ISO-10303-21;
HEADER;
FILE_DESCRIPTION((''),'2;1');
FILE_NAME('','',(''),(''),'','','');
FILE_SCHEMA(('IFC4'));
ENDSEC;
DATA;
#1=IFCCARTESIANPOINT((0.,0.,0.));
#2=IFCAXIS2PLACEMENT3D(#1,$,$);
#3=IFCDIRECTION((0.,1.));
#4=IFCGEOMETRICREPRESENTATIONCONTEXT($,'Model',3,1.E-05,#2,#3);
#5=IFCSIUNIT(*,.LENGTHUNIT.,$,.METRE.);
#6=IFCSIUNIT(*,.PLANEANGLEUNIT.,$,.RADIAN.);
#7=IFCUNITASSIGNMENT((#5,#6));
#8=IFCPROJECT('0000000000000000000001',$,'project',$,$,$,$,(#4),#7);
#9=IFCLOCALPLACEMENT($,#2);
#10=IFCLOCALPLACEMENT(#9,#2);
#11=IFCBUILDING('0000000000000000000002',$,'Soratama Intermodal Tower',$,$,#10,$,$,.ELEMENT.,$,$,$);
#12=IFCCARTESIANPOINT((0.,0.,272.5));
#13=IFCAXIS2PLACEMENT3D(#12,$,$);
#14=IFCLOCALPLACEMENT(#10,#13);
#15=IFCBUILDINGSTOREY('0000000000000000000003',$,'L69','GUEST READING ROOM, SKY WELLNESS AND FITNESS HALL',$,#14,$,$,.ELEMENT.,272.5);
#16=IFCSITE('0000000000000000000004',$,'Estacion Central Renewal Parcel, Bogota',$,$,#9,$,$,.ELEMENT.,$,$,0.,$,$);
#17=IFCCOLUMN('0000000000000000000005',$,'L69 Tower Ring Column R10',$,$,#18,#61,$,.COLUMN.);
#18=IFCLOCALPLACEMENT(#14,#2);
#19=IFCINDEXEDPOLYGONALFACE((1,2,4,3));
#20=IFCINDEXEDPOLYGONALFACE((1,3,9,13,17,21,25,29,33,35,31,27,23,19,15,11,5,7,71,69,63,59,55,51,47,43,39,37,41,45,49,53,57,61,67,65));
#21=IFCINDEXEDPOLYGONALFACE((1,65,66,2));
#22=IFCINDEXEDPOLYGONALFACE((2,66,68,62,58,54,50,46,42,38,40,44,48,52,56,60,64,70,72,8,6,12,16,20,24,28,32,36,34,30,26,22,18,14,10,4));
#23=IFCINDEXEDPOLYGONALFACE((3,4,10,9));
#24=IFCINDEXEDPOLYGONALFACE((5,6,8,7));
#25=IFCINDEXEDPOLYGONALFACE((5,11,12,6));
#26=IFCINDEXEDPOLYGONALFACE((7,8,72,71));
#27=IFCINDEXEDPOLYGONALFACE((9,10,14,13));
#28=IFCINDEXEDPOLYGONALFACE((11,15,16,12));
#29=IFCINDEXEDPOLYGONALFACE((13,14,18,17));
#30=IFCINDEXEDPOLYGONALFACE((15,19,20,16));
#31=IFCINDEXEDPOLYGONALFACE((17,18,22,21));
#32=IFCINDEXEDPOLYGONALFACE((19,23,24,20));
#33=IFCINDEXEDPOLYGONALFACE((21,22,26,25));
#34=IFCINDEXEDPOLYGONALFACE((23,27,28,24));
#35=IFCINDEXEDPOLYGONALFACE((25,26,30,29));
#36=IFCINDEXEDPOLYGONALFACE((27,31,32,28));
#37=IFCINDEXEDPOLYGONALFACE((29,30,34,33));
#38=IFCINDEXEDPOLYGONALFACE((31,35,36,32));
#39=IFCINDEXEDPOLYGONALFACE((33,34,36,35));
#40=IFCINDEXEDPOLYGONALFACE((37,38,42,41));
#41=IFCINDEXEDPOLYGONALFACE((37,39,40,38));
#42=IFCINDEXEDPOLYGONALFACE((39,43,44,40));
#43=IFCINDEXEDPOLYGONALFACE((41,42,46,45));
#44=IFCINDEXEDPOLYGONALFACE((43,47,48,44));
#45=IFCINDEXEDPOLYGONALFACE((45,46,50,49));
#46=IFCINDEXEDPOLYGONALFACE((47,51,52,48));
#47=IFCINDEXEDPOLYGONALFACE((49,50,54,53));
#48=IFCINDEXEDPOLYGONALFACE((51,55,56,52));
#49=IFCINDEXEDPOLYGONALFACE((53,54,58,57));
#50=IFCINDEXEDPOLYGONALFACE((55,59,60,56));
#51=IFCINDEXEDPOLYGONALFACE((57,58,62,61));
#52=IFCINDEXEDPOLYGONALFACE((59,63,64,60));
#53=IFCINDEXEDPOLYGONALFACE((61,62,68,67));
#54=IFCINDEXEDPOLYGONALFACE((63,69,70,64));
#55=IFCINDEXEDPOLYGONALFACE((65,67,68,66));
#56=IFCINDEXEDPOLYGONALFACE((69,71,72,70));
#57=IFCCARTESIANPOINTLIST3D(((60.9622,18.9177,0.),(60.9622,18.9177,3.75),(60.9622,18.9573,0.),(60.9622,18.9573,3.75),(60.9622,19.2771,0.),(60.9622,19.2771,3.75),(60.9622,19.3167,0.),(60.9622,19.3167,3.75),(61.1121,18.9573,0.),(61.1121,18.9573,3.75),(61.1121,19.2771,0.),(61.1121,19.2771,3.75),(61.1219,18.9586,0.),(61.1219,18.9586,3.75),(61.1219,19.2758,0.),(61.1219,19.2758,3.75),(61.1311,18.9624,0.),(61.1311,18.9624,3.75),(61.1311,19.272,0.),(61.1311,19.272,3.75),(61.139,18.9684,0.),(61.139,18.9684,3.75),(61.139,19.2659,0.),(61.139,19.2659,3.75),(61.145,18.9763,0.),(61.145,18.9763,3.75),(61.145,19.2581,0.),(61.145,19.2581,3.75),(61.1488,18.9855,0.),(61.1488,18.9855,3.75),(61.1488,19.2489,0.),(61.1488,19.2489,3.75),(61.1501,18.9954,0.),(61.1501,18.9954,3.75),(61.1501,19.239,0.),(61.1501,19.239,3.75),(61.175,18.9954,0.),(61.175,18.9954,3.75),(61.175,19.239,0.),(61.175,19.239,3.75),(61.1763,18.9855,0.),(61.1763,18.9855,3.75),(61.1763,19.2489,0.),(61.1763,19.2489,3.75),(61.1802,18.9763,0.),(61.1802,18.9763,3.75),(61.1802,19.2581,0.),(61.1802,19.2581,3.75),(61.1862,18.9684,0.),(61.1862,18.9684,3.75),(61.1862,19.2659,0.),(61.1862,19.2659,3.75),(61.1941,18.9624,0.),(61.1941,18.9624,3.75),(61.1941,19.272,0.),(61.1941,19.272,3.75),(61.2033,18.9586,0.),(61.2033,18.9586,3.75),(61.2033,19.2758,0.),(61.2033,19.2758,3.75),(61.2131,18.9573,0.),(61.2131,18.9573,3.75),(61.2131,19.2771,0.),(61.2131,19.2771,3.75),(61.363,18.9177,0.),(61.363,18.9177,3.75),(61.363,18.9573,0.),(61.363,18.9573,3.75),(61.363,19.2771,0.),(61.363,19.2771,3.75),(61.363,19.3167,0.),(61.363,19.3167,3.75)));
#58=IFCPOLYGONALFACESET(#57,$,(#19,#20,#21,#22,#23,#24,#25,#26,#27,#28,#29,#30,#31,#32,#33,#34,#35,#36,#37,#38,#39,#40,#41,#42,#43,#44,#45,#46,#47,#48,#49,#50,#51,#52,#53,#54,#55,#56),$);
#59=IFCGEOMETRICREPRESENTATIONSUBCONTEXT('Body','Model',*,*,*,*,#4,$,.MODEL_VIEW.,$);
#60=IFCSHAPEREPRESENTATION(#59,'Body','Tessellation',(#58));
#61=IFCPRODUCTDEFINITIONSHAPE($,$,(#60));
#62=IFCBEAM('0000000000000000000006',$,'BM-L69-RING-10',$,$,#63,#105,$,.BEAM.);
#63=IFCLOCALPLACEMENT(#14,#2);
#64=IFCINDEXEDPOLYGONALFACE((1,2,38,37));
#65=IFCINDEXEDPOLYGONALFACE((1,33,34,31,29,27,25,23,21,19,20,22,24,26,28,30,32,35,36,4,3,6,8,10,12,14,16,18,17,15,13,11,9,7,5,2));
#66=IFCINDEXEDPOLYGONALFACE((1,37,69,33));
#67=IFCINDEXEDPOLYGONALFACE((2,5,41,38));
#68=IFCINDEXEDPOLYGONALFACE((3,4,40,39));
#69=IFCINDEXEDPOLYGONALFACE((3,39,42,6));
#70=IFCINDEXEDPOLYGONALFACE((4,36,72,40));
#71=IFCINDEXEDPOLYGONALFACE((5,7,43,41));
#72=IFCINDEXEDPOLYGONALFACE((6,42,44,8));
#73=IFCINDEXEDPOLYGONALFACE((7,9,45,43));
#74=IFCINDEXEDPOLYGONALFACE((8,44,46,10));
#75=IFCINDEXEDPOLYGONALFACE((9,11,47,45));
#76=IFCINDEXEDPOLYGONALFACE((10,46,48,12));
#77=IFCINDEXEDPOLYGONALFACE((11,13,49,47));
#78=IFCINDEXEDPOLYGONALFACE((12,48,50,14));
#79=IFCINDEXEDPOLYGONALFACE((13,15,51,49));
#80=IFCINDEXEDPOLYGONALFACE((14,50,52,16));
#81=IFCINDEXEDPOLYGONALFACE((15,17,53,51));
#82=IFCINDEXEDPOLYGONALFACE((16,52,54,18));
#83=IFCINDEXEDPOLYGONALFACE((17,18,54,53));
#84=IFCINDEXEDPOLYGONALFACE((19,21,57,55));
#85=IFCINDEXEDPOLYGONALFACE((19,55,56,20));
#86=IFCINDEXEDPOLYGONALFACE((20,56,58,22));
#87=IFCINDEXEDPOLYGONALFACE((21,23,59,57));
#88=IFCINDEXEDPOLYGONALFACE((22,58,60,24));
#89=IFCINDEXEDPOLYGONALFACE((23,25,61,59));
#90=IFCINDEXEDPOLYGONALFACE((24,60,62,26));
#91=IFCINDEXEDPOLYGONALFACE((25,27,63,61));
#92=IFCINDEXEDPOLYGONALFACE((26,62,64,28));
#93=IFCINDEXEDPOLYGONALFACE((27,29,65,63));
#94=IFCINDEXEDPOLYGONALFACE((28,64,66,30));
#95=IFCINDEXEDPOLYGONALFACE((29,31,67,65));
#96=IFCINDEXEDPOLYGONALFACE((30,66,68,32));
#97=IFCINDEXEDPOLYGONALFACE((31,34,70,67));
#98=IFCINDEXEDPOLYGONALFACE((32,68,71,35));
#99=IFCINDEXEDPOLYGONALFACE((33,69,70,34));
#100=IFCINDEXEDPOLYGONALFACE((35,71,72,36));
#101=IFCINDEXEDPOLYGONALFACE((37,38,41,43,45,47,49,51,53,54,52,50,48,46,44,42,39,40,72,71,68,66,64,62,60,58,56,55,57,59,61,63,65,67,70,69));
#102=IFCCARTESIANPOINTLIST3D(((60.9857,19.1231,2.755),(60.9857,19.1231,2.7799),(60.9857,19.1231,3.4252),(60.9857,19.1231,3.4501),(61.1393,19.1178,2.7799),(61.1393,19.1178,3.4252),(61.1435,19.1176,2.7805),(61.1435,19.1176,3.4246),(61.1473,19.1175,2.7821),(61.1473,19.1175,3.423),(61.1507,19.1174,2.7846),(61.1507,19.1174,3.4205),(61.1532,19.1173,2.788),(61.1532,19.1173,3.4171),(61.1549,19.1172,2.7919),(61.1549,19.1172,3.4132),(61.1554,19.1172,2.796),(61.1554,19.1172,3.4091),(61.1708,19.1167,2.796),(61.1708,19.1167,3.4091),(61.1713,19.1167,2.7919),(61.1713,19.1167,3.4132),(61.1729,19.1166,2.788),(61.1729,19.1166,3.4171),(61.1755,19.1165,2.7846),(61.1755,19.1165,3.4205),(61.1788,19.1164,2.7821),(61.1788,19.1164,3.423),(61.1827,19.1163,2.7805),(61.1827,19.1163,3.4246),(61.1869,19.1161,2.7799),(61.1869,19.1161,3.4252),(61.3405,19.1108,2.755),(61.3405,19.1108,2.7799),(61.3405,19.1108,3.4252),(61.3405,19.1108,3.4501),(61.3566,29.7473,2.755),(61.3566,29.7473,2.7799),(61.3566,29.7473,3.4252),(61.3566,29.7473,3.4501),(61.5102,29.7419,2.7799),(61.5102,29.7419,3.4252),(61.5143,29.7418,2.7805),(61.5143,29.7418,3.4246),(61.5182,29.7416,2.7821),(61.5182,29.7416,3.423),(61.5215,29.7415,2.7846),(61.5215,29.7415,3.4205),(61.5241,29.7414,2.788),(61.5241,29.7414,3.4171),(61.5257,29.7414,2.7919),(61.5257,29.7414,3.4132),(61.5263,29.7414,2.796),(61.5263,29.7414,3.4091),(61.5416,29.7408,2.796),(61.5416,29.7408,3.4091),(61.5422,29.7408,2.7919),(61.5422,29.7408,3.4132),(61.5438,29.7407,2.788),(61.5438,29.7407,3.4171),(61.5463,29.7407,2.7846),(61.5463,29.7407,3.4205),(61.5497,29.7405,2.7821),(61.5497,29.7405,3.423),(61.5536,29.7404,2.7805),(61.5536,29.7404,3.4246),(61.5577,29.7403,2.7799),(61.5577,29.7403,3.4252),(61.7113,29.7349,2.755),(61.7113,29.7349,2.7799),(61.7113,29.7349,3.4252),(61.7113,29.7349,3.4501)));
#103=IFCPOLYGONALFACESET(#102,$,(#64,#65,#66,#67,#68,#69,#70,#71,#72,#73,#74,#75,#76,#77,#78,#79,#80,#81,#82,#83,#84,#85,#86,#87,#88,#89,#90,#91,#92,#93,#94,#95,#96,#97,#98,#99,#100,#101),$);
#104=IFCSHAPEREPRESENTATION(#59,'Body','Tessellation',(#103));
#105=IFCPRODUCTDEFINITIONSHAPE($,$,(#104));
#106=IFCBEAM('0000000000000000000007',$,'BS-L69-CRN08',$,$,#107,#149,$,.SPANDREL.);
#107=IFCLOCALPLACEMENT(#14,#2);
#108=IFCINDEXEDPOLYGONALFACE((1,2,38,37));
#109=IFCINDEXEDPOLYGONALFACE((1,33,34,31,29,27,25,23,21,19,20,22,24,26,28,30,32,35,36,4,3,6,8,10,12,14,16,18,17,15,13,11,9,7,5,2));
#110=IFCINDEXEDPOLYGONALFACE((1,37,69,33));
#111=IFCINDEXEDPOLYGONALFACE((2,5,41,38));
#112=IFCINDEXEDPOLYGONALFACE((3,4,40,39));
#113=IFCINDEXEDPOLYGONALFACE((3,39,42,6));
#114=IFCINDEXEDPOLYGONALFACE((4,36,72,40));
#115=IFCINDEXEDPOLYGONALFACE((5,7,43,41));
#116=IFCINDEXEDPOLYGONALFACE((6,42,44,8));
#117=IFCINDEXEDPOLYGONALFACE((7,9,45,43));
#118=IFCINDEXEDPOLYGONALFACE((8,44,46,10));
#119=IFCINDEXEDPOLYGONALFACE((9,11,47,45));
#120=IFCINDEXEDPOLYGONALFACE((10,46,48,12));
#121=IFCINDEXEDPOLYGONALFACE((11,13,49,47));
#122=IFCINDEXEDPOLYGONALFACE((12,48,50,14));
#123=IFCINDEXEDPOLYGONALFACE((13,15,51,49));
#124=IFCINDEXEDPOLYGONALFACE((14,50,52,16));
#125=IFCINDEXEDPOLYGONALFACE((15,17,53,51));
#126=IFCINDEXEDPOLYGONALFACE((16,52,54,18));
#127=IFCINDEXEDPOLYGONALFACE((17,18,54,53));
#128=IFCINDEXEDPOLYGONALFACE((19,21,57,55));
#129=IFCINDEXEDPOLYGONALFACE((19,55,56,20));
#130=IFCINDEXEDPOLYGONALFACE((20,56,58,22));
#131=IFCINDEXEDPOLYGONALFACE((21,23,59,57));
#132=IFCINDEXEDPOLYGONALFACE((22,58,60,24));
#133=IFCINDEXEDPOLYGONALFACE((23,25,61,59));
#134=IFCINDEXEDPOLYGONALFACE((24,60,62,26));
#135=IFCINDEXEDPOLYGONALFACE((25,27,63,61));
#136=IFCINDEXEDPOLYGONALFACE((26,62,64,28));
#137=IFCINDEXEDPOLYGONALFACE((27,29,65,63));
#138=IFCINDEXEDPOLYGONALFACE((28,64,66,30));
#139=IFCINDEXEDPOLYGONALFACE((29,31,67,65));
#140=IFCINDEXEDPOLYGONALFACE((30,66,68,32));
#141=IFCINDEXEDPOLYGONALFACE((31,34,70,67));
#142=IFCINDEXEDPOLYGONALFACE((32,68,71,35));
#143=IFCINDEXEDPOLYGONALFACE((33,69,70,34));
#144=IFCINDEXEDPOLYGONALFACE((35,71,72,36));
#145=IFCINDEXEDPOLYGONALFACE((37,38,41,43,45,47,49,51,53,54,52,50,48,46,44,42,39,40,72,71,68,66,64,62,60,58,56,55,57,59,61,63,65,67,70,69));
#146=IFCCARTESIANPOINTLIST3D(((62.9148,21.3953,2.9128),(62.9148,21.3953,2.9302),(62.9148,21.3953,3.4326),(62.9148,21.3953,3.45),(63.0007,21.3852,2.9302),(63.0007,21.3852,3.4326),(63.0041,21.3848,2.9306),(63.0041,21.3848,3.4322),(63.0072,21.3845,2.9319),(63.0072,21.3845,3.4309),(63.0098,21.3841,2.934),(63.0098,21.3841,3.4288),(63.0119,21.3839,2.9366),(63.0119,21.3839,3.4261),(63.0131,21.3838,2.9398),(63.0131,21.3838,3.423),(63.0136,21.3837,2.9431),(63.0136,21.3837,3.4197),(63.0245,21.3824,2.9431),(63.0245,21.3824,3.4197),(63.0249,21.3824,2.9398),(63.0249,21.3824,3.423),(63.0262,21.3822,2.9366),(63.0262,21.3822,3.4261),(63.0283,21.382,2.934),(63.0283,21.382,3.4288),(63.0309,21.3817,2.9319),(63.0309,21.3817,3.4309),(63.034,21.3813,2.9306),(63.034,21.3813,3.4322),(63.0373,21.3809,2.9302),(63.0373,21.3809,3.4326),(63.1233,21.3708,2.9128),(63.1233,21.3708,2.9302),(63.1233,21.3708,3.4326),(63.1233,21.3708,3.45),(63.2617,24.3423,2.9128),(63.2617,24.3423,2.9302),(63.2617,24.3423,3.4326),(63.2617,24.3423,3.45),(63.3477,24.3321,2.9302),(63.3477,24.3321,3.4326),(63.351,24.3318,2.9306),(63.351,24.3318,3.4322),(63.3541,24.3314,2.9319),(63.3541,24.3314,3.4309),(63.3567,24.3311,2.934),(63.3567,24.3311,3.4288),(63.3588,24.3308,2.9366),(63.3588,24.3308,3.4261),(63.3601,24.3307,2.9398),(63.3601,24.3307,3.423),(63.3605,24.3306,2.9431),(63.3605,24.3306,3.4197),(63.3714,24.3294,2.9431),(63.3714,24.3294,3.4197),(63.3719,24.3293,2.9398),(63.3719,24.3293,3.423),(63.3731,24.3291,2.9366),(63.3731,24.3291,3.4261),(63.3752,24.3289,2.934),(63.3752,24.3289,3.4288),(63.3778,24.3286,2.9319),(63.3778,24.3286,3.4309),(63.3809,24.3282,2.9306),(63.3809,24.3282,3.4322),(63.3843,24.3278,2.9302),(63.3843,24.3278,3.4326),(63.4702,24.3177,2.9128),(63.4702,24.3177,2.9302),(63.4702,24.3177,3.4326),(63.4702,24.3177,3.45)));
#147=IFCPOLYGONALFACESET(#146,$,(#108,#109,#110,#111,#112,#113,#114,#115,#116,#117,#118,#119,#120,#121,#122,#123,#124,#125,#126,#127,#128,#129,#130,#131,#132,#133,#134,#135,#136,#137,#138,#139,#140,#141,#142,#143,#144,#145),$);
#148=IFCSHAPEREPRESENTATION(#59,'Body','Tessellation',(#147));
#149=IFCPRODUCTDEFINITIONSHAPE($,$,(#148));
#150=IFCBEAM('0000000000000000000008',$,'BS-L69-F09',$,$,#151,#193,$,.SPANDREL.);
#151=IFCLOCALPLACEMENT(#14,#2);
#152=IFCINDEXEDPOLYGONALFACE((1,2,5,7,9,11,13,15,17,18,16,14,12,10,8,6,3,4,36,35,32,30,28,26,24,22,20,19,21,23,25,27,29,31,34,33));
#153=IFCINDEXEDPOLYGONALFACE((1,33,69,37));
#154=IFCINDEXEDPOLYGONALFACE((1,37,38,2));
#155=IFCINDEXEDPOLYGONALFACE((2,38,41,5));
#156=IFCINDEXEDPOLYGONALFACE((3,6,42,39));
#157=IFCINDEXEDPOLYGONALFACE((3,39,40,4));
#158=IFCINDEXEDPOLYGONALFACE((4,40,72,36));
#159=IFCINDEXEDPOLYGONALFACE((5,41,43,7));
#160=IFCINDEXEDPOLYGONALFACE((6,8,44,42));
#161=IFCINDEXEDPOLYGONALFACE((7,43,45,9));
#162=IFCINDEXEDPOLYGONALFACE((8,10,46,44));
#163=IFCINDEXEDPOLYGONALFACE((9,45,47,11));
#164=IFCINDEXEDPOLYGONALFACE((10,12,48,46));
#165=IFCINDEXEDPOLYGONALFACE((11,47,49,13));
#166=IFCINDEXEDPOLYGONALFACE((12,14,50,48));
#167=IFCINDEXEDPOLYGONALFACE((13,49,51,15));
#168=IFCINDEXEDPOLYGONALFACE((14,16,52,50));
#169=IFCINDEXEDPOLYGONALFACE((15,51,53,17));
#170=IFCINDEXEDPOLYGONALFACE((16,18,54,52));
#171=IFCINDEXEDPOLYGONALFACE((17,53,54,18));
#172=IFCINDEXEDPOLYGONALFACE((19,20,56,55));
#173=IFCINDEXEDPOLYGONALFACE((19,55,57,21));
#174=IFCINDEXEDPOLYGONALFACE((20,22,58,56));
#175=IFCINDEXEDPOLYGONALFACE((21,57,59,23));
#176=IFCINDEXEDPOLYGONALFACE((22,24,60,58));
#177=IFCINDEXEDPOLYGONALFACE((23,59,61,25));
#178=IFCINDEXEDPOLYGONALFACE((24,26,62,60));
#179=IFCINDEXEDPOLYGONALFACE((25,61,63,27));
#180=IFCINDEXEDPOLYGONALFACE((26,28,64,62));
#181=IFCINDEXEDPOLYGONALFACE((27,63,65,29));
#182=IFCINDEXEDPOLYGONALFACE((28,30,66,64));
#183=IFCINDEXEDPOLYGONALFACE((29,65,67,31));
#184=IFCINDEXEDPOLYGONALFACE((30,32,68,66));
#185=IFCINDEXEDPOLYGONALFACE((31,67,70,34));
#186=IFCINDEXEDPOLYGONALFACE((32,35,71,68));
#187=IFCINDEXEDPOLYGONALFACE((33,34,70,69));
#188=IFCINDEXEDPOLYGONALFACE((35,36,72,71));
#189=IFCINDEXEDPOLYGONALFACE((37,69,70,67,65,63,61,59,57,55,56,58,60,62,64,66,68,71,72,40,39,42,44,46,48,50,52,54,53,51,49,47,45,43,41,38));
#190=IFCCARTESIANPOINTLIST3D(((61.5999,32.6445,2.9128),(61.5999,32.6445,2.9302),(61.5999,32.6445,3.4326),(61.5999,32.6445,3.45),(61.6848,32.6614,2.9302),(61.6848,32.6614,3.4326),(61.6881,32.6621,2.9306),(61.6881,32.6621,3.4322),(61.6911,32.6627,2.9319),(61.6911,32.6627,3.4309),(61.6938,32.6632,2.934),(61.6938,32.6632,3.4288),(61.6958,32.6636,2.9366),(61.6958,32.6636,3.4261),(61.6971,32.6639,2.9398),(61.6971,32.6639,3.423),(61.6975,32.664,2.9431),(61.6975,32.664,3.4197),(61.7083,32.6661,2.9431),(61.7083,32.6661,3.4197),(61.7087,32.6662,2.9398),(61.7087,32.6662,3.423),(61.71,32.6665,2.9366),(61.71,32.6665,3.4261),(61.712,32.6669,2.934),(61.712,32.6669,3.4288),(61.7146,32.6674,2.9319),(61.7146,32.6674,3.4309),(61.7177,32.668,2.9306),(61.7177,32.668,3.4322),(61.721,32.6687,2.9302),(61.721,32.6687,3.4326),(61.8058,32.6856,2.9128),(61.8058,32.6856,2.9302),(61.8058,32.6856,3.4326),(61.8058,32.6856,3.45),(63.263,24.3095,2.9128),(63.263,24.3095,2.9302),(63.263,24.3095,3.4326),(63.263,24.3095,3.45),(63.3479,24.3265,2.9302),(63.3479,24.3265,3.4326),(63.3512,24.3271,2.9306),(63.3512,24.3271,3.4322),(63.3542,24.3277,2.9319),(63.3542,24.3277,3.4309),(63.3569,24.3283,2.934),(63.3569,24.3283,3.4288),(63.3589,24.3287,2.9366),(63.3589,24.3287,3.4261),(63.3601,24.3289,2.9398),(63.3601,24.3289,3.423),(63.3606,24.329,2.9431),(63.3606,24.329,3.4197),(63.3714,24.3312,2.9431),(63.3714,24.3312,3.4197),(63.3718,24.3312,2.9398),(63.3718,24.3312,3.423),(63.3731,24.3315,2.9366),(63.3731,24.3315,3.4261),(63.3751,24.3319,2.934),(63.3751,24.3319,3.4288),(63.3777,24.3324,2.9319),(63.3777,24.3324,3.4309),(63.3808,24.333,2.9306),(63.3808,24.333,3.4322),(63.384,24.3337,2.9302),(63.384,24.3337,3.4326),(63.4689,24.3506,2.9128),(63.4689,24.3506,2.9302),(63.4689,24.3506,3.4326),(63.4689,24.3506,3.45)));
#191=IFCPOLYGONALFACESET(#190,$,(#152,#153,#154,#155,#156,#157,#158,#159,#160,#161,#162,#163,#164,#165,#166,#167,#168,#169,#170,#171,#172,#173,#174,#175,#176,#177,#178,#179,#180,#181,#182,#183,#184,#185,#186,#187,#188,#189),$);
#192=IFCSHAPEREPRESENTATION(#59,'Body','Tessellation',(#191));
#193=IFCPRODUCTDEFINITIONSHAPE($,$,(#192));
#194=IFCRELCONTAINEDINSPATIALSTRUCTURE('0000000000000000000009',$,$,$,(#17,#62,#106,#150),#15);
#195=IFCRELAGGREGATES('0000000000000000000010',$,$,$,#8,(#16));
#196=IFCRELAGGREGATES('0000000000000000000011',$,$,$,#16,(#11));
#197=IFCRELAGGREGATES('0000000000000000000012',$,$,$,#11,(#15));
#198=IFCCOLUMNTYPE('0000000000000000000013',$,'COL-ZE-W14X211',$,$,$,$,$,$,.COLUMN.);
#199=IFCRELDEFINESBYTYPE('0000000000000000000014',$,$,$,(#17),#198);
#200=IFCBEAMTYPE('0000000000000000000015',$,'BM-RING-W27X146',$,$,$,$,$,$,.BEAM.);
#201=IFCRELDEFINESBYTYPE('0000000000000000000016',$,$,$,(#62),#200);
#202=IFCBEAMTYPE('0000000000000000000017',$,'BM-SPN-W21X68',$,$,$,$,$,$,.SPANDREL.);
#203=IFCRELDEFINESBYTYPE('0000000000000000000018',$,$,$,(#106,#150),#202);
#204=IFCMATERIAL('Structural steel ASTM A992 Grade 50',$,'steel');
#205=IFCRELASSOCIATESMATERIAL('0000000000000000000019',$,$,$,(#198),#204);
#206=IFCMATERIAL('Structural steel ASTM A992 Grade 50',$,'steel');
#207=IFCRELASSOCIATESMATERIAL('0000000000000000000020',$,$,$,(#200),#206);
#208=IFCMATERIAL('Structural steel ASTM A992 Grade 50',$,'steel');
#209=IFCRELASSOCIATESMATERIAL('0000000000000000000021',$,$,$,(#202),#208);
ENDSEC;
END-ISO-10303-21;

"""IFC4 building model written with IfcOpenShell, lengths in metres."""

from ifc_helpers import new_model, si_unit, direction, frame, origin, origin_2d, place, context, subcontext, project, spatial, i_section, extrude, material, material_profile, profile_set, type_object, element, save


model = new_model("IFC4")

# Units and contexts
model_context = context("Model", 3, precision=1e-05, world=origin(), true_north=direction((0.0, 1.0)))
body_context = subcontext(model_context, "Body", "Model", "MODEL_VIEW")
ifc_project = project(units=[si_unit("LENGTHUNIT", "METRE"), si_unit("PLANEANGLEUNIT", "RADIAN")], contexts=[model_context])

# Site, building, storey
site_placement = place(None, origin())
site = spatial("IfcSite", under=ifc_project, at=site_placement, Name="Estacion Central Renewal Parcel, Bogota", CompositionType="ELEMENT", RefElevation=0.0)
building_placement = place(site_placement, origin())
building = spatial("IfcBuilding", under=site, at=building_placement, Name="Soratama Intermodal Tower", CompositionType="ELEMENT")
storey_placement = place(building_placement, frame((0.0, 0.0, 272.5)))
storey = spatial("IfcBuildingStorey", under=building, at=storey_placement, Name="L69", Description="GUEST READING ROOM, SKY WELLNESS AND FITNESS HALL", CompositionType="ELEMENT", Elevation=272.5)

# Column
ifc_material_1 = material(Name="Structural steel ASTM A992 Grade 50", Category="steel")
ifc_material_profile_1 = material_profile(ifc_material_1, i_section(OverallWidth=0.4009, OverallDepth=0.3989, WebThickness=0.0249, FlangeThickness=0.0396, FilletRadius=0.0381, at=origin_2d()), Name="W14X211")
ifc_profile_set_1 = profile_set([ifc_material_profile_1], Name="Structural steel ASTM A992 Grade 50")
column_type = type_object("IfcColumnType", Name="COL-ZE-W14X211", PredefinedType="COLUMN", material=ifc_profile_set_1)
column_placement = place(storey_placement, frame((61.1626, 19.1172, 0.0), z_axis=(0.0, 0.0, 1.0), x_axis=(1.0, 0.0, 0.0)))
element("IfcColumn", 1, at=column_placement, inside=storey, type_object=column_type, Name="L69 Tower Ring Column R10", PredefinedType="COLUMN", context=body_context, shape_type="SweptSolid", body=[
    extrude(i_section(OverallWidth=0.4009, OverallDepth=0.3989, WebThickness=0.0249, FlangeThickness=0.0396, FilletRadius=0.0381, at=origin_2d()), origin(), (0.0, 0.0, 1.0), 3.75),
])

# Beams
ifc_material_2 = material(Name="Structural steel ASTM A992 Grade 50", Category="steel")
ifc_material_profile_2 = material_profile(ifc_material_2, i_section(OverallWidth=0.355, OverallDepth=0.6951, WebThickness=0.0154, FlangeThickness=0.0249, FilletRadius=0.0161, at=origin_2d()), Name="W27X146")
ifc_profile_set_2 = profile_set([ifc_material_profile_2], Name="Structural steel ASTM A992 Grade 50")
beam_type_1 = type_object("IfcBeamType", Name="BM-RING-W27X146", PredefinedType="BEAM", material=ifc_profile_set_2)
beam_1_placement = place(storey_placement, frame((61.1631, 19.1169, 3.1025), z_axis=(0.034885, 0.999391, 0.0), x_axis=(-0.999391, 0.034885, 0.0)))
element("IfcBeam", 2, at=beam_1_placement, inside=storey, type_object=beam_type_1, Name="BM-L69-RING-10", PredefinedType="BEAM", context=body_context, shape_type="SweptSolid", body=[
    extrude(i_section(OverallWidth=0.355, OverallDepth=0.6951, WebThickness=0.0154, FlangeThickness=0.0249, FilletRadius=0.0161, at=origin_2d()), origin(), (0.0, 0.0, 1.0), 10.6306),
])
ifc_material_3 = material(Name="Structural steel ASTM A992 Grade 50", Category="steel")
ifc_material_profile_3 = material_profile(ifc_material_3, i_section(OverallWidth=0.21, OverallDepth=0.5371, WebThickness=0.011, FlangeThickness=0.0173, FilletRadius=0.0129, at=origin_2d()), Name="W21X68")
ifc_profile_set_3 = profile_set([ifc_material_profile_3], Name="Structural steel ASTM A992 Grade 50")
beam_type_2 = type_object("IfcBeamType", Name="BM-SPN-W21X68", PredefinedType="SPANDREL", material=ifc_profile_set_3)
beam_2_placement = place(storey_placement, frame((63.019, 21.3831, 3.1814), z_axis=(0.116913, 0.993142, 0.0), x_axis=(-0.993142, 0.116913, 0.0)))
element("IfcBeam", 3, at=beam_2_placement, inside=storey, type_object=beam_type_2, Name="BS-L69-CRN08", PredefinedType="SPANDREL", context=body_context, shape_type="SweptSolid", body=[
    extrude(i_section(OverallWidth=0.21, OverallDepth=0.5371, WebThickness=0.011, FlangeThickness=0.0173, FilletRadius=0.0129, at=origin_2d()), origin(), (0.0, 0.0, 1.0), 2.9673),
])
beam_3_placement = place(storey_placement, frame((63.366, 24.3301, 3.1814), z_axis=(-0.195674, 0.980669, 0.0), x_axis=(-0.980669, -0.195674, 0.0)))
element("IfcBeam", 4, at=beam_3_placement, inside=storey, type_object=beam_type_2, Name="BS-L69-F09", PredefinedType="SPANDREL", context=body_context, shape_type="SweptSolid", body=[
    extrude(i_section(OverallWidth=0.21, OverallDepth=0.5371, WebThickness=0.011, FlangeThickness=0.0173, FilletRadius=0.0129, at=origin_2d()), origin(), (0.0, 0.0, 1.0), 8.4993),
])

save(model, "model.ifc")
